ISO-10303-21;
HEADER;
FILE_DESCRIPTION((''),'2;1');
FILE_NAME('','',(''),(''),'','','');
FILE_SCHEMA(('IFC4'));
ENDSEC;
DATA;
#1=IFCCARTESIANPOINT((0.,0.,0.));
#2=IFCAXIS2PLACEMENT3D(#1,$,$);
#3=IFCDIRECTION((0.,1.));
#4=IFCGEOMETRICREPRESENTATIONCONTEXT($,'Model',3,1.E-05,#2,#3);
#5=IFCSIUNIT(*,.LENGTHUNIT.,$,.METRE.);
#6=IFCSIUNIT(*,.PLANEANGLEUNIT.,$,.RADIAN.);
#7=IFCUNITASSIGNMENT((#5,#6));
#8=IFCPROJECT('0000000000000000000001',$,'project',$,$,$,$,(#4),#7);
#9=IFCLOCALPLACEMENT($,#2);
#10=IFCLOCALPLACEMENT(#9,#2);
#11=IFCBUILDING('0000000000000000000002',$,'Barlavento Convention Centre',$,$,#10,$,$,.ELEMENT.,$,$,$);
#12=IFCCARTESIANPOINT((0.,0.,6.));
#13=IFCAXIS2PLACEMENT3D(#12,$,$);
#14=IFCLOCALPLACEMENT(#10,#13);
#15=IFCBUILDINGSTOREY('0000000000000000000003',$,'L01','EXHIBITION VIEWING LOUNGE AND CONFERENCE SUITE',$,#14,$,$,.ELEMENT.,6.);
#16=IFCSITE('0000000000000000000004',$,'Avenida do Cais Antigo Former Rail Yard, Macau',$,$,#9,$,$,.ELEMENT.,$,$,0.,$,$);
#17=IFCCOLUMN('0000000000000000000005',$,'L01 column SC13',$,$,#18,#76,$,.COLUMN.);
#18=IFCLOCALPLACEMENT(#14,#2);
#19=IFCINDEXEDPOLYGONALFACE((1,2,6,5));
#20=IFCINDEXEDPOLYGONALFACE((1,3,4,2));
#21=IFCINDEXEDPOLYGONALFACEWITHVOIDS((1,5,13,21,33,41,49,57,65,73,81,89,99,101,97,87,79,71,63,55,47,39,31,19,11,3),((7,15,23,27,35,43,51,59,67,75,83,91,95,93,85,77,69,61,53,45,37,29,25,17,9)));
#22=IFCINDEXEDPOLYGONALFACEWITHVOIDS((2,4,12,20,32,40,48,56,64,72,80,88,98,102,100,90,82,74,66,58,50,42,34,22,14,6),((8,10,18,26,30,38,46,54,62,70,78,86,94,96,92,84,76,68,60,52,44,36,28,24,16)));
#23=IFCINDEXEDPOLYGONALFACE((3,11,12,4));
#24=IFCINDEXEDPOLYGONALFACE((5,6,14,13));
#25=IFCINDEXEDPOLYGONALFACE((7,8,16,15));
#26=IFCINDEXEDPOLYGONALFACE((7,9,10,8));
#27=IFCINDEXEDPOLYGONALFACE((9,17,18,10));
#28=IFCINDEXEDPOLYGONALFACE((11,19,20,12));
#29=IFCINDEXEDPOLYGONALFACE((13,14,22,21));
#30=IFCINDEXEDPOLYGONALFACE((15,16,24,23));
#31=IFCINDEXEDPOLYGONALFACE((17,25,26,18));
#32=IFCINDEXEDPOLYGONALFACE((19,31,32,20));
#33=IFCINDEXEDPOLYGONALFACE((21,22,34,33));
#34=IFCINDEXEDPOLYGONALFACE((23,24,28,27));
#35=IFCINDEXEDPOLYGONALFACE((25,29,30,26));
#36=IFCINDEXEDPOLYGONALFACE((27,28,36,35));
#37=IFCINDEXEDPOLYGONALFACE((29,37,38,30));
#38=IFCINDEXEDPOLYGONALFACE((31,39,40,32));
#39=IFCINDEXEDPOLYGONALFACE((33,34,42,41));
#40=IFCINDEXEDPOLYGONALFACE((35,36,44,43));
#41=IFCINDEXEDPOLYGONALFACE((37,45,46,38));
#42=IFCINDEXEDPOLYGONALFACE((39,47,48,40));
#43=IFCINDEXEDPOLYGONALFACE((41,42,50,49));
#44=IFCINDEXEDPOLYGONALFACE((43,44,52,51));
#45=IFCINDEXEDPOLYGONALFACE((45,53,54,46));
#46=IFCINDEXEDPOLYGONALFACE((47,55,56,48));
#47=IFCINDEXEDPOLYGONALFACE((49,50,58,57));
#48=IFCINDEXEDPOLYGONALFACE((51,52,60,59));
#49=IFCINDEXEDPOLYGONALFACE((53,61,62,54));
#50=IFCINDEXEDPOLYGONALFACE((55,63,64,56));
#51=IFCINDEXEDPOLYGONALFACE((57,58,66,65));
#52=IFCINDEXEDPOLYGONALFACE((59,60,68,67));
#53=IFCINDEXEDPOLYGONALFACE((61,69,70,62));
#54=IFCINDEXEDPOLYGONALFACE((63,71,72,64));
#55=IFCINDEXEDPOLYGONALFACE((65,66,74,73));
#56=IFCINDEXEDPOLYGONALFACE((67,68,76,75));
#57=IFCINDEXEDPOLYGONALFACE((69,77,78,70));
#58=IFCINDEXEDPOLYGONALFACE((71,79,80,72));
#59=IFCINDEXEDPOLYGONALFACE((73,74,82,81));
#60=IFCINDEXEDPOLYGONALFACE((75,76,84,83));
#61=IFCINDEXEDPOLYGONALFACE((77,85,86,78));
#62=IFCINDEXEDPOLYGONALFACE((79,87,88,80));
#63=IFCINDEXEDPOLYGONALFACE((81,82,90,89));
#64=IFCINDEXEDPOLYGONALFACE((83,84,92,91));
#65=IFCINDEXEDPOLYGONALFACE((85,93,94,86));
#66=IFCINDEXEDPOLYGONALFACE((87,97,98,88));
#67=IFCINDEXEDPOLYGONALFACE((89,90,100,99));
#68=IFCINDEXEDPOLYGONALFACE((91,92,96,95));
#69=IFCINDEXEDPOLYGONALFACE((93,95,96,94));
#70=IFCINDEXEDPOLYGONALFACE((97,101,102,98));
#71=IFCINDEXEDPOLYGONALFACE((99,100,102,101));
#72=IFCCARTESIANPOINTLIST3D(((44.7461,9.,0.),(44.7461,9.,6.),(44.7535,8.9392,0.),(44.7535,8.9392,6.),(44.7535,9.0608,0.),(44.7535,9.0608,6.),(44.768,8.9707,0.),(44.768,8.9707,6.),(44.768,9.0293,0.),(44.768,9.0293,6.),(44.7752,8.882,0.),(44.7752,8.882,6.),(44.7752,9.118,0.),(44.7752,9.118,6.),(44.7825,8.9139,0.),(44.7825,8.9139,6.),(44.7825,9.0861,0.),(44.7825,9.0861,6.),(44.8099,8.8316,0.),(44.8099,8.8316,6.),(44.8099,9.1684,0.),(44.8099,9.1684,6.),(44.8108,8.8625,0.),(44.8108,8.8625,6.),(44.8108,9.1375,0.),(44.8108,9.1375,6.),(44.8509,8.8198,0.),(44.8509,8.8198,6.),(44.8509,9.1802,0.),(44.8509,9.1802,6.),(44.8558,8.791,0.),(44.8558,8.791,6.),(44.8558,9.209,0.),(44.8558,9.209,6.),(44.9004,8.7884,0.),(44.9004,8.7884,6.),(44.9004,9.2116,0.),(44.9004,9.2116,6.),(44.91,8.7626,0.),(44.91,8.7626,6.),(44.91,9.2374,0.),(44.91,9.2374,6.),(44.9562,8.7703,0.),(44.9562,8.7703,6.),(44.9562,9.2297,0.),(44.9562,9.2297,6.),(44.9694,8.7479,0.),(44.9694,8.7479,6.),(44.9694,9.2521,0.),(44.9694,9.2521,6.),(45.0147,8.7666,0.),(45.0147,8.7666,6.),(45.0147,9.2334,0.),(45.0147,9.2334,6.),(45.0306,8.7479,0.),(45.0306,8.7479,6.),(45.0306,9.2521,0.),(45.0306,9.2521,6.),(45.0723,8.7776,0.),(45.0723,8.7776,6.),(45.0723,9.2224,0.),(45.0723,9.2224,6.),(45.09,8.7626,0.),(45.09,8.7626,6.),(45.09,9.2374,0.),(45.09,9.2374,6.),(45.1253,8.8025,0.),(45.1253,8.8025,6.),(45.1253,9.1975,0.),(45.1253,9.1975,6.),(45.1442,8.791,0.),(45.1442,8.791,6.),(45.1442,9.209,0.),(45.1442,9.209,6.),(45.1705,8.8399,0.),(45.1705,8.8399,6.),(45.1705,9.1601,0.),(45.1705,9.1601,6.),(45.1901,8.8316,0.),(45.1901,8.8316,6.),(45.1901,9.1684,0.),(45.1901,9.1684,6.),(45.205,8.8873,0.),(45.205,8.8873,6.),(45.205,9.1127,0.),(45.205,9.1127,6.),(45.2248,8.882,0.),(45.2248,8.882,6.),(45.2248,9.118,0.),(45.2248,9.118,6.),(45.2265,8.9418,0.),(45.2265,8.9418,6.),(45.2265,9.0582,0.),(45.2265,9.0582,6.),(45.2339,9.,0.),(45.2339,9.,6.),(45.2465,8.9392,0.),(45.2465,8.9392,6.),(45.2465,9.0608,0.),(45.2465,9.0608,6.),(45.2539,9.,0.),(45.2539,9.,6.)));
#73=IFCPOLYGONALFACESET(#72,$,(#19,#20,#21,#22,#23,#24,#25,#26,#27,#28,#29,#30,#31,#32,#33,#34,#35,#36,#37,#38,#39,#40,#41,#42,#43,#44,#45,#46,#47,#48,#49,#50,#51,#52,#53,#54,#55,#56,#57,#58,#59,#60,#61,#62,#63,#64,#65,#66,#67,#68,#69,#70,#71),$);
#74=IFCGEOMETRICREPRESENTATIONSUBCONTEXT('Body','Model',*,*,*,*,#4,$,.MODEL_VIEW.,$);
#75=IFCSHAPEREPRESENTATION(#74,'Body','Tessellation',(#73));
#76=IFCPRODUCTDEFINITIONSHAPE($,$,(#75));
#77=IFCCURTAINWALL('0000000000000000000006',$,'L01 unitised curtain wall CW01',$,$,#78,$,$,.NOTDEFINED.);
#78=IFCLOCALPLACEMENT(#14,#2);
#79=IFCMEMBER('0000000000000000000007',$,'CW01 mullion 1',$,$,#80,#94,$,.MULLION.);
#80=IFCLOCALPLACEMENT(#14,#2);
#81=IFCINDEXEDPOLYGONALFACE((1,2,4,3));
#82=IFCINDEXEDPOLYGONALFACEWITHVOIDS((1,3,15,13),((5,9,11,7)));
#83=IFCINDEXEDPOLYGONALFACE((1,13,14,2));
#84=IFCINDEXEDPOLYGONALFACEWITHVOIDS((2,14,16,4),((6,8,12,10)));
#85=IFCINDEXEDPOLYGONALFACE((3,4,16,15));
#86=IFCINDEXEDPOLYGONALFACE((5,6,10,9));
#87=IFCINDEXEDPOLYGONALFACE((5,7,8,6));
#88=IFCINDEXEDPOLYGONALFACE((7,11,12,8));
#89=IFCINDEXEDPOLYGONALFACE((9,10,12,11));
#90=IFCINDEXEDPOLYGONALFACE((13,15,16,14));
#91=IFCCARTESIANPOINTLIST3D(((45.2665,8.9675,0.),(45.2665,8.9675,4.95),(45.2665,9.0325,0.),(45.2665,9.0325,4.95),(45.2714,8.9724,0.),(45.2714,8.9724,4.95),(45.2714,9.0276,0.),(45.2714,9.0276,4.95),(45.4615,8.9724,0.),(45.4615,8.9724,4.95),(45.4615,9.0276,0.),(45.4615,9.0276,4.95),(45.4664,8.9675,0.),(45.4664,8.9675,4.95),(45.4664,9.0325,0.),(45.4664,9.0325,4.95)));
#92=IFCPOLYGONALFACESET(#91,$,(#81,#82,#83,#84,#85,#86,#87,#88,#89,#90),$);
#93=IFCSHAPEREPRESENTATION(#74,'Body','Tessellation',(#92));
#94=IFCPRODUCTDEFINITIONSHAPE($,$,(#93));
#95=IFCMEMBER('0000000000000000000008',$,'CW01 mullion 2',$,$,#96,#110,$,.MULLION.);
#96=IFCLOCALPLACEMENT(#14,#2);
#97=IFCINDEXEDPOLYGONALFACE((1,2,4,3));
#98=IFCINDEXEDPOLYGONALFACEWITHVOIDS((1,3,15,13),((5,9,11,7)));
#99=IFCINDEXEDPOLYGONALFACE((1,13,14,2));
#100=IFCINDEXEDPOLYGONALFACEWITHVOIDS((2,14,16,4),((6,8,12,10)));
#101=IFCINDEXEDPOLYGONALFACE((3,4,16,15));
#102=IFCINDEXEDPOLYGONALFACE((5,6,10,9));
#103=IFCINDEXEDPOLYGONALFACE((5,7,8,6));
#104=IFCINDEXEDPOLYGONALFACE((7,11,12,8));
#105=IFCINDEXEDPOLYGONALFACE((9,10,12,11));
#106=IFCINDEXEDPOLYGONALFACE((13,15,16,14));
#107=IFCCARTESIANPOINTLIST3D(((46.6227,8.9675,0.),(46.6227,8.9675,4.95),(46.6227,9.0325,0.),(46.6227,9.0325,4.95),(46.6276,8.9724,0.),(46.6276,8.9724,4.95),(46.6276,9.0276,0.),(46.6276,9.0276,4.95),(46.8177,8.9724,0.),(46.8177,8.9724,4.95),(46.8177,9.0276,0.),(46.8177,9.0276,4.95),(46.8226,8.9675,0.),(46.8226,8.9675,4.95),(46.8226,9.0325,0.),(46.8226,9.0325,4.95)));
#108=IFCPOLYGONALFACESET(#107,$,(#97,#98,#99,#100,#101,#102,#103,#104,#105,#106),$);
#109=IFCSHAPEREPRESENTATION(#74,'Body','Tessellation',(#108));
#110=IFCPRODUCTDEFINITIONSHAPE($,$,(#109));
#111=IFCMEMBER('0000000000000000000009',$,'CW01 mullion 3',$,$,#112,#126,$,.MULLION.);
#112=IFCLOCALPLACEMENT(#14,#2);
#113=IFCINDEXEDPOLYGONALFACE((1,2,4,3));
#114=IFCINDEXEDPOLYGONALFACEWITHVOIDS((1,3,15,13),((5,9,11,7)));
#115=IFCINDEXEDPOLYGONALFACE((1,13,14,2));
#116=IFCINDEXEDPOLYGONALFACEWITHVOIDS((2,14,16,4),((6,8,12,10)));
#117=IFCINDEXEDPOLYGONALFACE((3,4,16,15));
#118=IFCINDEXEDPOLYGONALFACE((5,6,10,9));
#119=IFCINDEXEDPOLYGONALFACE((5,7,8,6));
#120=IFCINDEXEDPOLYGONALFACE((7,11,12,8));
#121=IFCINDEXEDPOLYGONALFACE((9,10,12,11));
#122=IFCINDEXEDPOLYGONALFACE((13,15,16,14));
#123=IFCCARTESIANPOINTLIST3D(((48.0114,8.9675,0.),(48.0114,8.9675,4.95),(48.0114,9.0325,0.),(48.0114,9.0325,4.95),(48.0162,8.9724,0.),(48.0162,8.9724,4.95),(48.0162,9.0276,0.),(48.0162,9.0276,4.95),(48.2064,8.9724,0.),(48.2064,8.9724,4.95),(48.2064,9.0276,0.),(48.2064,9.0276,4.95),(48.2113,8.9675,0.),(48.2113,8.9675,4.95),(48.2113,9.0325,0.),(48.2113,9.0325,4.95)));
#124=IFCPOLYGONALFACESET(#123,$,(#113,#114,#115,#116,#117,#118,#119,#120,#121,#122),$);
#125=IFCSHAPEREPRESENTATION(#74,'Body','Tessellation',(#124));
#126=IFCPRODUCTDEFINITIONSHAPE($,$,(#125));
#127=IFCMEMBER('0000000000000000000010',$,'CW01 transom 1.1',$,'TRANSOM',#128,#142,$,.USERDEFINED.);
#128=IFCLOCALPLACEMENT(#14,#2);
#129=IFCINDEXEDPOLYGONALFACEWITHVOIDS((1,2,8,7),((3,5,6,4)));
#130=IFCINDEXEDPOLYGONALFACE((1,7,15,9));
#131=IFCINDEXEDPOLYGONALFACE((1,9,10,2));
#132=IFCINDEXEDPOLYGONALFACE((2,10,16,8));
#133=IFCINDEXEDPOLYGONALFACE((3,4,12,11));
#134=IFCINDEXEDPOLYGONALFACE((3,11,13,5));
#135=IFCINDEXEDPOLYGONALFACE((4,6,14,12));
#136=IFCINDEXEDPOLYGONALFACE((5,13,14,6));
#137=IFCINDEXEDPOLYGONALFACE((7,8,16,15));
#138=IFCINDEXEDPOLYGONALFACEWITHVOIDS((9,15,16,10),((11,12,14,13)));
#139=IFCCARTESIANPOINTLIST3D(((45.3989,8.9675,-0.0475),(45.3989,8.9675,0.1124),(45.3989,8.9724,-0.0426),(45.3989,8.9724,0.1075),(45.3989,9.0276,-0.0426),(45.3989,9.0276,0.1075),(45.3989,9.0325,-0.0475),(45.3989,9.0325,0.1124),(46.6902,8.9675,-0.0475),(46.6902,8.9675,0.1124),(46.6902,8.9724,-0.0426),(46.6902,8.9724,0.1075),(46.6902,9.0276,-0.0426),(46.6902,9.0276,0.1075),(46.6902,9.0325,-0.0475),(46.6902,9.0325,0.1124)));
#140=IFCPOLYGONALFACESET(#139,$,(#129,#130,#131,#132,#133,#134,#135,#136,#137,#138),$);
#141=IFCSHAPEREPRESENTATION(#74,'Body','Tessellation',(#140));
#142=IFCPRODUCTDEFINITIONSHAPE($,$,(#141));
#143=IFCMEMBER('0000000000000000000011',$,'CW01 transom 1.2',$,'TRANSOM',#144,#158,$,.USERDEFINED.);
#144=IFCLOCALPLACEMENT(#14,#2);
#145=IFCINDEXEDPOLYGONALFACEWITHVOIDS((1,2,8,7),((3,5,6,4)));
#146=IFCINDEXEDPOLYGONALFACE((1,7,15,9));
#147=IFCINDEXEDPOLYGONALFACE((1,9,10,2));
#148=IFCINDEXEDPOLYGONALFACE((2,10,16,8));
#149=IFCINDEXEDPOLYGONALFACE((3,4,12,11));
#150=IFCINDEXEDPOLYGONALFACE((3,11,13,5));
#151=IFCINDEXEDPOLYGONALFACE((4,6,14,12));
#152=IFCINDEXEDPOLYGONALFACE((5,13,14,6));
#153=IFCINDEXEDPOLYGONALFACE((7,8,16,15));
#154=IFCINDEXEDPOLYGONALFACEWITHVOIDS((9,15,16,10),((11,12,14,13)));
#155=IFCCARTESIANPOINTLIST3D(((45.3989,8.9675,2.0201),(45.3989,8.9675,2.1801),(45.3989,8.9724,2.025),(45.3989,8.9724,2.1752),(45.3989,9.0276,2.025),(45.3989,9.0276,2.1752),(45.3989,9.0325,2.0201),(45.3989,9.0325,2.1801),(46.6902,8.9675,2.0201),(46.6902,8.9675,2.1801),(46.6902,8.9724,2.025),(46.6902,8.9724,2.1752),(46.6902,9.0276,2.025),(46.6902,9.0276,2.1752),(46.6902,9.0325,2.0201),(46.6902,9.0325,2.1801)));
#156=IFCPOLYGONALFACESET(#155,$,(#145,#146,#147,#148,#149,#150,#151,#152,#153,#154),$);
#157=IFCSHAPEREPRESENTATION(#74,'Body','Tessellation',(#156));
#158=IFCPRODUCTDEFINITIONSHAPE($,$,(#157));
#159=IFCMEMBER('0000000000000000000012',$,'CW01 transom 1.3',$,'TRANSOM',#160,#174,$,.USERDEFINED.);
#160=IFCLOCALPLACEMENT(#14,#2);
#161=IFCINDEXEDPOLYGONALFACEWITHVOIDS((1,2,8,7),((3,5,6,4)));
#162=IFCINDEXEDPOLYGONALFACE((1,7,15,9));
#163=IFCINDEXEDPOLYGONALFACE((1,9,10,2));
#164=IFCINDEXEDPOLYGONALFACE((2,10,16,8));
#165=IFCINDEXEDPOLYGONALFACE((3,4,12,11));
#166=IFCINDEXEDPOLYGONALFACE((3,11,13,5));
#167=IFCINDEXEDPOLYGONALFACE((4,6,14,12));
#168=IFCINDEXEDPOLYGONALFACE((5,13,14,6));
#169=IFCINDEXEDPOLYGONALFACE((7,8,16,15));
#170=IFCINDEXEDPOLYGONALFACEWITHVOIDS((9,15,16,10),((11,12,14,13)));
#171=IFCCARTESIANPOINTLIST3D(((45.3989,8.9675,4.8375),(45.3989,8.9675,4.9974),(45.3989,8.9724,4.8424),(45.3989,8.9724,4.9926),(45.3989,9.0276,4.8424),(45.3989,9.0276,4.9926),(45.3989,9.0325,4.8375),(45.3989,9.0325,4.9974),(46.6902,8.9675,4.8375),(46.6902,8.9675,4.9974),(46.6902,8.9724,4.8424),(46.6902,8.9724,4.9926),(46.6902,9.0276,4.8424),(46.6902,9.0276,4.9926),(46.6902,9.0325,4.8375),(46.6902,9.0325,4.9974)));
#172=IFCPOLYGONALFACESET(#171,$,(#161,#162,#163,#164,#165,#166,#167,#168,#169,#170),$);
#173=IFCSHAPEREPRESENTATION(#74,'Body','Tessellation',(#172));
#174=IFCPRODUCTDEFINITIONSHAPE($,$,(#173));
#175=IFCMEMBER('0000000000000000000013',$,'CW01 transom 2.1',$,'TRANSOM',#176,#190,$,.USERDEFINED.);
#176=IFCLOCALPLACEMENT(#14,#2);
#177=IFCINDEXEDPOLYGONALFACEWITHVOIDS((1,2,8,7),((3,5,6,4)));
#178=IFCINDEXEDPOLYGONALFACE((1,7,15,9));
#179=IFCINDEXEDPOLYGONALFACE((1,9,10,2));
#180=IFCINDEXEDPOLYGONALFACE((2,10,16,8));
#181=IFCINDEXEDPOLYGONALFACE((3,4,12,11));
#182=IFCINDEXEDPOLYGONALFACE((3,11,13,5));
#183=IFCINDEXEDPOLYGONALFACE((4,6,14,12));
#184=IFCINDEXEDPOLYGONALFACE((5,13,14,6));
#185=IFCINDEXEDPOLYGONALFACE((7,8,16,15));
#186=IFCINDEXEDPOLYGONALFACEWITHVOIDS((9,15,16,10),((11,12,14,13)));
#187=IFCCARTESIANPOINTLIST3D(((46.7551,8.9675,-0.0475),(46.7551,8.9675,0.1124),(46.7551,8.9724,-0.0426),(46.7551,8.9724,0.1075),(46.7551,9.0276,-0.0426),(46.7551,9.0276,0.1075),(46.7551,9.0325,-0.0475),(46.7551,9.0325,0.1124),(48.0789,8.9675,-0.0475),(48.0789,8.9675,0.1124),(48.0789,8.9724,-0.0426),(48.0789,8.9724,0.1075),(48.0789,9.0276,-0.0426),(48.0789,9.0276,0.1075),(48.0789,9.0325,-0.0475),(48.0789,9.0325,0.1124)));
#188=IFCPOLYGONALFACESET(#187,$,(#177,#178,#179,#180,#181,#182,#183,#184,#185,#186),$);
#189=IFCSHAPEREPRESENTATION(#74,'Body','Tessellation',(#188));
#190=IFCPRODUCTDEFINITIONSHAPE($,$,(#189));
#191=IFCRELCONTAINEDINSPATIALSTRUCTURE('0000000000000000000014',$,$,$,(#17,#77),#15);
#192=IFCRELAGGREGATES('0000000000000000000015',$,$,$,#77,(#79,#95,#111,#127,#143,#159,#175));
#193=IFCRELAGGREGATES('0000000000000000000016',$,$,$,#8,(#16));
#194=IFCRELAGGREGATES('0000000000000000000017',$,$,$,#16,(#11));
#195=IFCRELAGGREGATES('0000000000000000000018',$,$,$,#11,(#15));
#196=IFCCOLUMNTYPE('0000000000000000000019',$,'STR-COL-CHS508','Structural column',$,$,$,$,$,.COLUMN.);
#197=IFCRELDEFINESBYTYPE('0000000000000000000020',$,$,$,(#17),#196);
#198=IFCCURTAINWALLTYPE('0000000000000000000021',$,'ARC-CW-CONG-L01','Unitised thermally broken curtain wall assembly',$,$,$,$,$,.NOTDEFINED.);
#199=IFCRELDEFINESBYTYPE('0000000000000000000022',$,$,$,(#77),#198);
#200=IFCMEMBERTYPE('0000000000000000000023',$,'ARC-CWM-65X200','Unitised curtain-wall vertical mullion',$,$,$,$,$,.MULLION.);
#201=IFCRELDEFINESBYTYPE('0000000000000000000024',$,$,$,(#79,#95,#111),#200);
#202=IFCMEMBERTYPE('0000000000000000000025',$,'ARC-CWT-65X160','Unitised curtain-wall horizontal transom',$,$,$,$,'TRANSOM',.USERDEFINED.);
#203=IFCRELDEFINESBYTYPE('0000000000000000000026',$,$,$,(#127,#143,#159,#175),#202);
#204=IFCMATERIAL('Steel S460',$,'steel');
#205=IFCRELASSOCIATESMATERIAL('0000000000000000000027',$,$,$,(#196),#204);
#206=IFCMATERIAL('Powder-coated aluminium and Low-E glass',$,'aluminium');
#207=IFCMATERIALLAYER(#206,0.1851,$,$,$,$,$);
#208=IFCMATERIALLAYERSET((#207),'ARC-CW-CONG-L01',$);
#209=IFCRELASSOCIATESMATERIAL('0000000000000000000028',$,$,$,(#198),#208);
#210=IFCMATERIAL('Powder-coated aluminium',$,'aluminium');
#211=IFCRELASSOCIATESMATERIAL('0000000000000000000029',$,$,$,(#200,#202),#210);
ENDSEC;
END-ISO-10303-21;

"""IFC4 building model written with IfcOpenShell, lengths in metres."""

from ifc_helpers import new_model, si_unit, direction, frame, origin, origin_2d, place, context, subcontext, project, spatial, hollow_rectangle, hollow_circle, extrude, material, layer, layer_set, material_profile, profile_set, type_object, element, aggregate, save


model = new_model("IFC4")

# Units and contexts
model_context = context("Model", 3, precision=1e-05, world=origin(), true_north=direction((0.0, 1.0)))
body_context = subcontext(model_context, "Body", "Model", "MODEL_VIEW")
ifc_project = project(units=[si_unit("LENGTHUNIT", "METRE"), si_unit("PLANEANGLEUNIT", "RADIAN")], contexts=[model_context])

# Site, building, storey
site_placement = place(None, origin())
site = spatial("IfcSite", under=ifc_project, at=site_placement, Name="Avenida do Cais Antigo Former Rail Yard, Macau", CompositionType="ELEMENT", RefElevation=0.0)
building_placement = place(site_placement, origin())
building = spatial("IfcBuilding", under=site, at=building_placement, Name="Barlavento Convention Centre", CompositionType="ELEMENT")
storey_placement = place(building_placement, frame((0.0, 0.0, 6.0)))
storey = spatial("IfcBuildingStorey", under=building, at=storey_placement, Name="L01", Description="EXHIBITION VIEWING LOUNGE AND CONFERENCE SUITE", CompositionType="ELEMENT", Elevation=6.0)

# Column
ifc_material_1 = material(Name="Steel S460", Category="steel")
ifc_material_profile_1 = material_profile(ifc_material_1, hollow_circle(Radius=0.2539, WallThickness=0.02, at=origin_2d()), Name="CHS 508.0x20.0")
ifc_profile_set_1 = profile_set([ifc_material_profile_1], Name="Steel S460")
column_type = type_object("IfcColumnType", Name="STR-COL-CHS508", Description="Structural column", PredefinedType="COLUMN", material=ifc_profile_set_1)
column_placement = place(storey_placement, frame((45.0, 9.0, 0.0), z_axis=(0.0, 0.0, 1.0), x_axis=(1.0, 0.0, 0.0)))
element("IfcColumn", 1, at=column_placement, inside=storey, type_object=column_type, Name="L01 column SC13", PredefinedType="COLUMN", context=body_context, shape_type="SweptSolid", body=[
    extrude(hollow_circle(Radius=0.2539, WallThickness=0.02, at=origin_2d()), origin(), (0.0, 0.0, 1.0), 6.0),
])

# Curtain wall, members
ifc_material_2 = material(Name="Powder-coated aluminium and Low-E glass", Category="aluminium")
ifc_layer_1 = layer(ifc_material_2, 0.1851)
ifc_layer_set_1 = layer_set([ifc_layer_1], Name="ARC-CW-CONG-L01")
curtain_wall_type = type_object("IfcCurtainWallType", Name="ARC-CW-CONG-L01", Description="Unitised thermally broken curtain wall assembly", PredefinedType="NOTDEFINED", material=ifc_layer_set_1)
curtain_wall_placement = place(storey_placement, origin())
curtain_wall = element("IfcCurtainWall", 2, at=curtain_wall_placement, inside=storey, type_object=curtain_wall_type, Name="L01 unitised curtain wall CW01", PredefinedType="NOTDEFINED")
ifc_material_3 = material(Name="Powder-coated aluminium", Category="aluminium")
ifc_material_profile_2 = material_profile(ifc_material_3, hollow_rectangle(XDim=0.0649, YDim=0.2, WallThickness=0.0049, at=origin_2d()), Name="AL-MULL 65x200x5")
ifc_profile_set_2 = profile_set([ifc_material_profile_2], Name="Powder-coated aluminium")
member_type_1 = type_object("IfcMemberType", Name="ARC-CWM-65X200", Description="Unitised curtain-wall vertical mullion", PredefinedType="MULLION", material=ifc_profile_set_2)
member_1_placement = place(storey_placement, frame((45.3665, 9.0, 0.0), z_axis=(0.0, 0.0, 1.0), x_axis=(0.0, 1.0, 0.0)))
member_1 = element("IfcMember", 3, at=member_1_placement, type_object=member_type_1, Name="CW01 mullion 1", PredefinedType="MULLION", context=body_context, shape_type="SweptSolid", body=[
    extrude(hollow_rectangle(XDim=0.0649, YDim=0.2, WallThickness=0.0049, at=origin_2d()), origin(), (0.0, 0.0, 1.0), 4.95),
])
member_2_placement = place(storey_placement, frame((46.7227, 9.0, 0.0), z_axis=(0.0, 0.0, 1.0), x_axis=(0.0, 1.0, 0.0)))
member_2 = element("IfcMember", 4, at=member_2_placement, type_object=member_type_1, Name="CW01 mullion 2", PredefinedType="MULLION", context=body_context, shape_type="SweptSolid", body=[
    extrude(hollow_rectangle(XDim=0.0649, YDim=0.2, WallThickness=0.0049, at=origin_2d()), origin(), (0.0, 0.0, 1.0), 4.95),
])
member_3_placement = place(storey_placement, frame((48.1113, 9.0, 0.0), z_axis=(0.0, 0.0, 1.0), x_axis=(0.0, 1.0, 0.0)))
member_3 = element("IfcMember", 5, at=member_3_placement, type_object=member_type_1, Name="CW01 mullion 3", PredefinedType="MULLION", context=body_context, shape_type="SweptSolid", body=[
    extrude(hollow_rectangle(XDim=0.0649, YDim=0.2, WallThickness=0.0049, at=origin_2d()), origin(), (0.0, 0.0, 1.0), 4.95),
])
ifc_material_profile_3 = material_profile(ifc_material_3, hollow_rectangle(XDim=0.0649, YDim=0.1599, WallThickness=0.0049, at=origin_2d()), Name="AL-TRAN 65x160x5")
ifc_profile_set_3 = profile_set([ifc_material_profile_3], Name="Powder-coated aluminium")
member_type_2 = type_object("IfcMemberType", Name="ARC-CWT-65X160", Description="Unitised curtain-wall horizontal transom", ElementType="TRANSOM", PredefinedType="USERDEFINED", material=ifc_profile_set_3)
member_4_placement = place(storey_placement, frame((45.3989, 9.0, 0.0325), z_axis=(1.0, 0.0, 0.0), x_axis=(0.0, 1.0, 0.0)))
member_4 = element("IfcMember", 6, at=member_4_placement, type_object=member_type_2, Name="CW01 transom 1.1", ObjectType="TRANSOM", PredefinedType="USERDEFINED", context=body_context, shape_type="SweptSolid", body=[
    extrude(hollow_rectangle(XDim=0.0649, YDim=0.1599, WallThickness=0.0049, at=origin_2d()), origin(), (0.0, 0.0, 1.0), 1.2913),
])
member_5_placement = place(storey_placement, frame((45.3989, 9.0, 2.1001), z_axis=(1.0, 0.0, 0.0), x_axis=(0.0, 1.0, 0.0)))
member_5 = element("IfcMember", 7, at=member_5_placement, type_object=member_type_2, Name="CW01 transom 1.2", ObjectType="TRANSOM", PredefinedType="USERDEFINED", context=body_context, shape_type="SweptSolid", body=[
    extrude(hollow_rectangle(XDim=0.0649, YDim=0.1599, WallThickness=0.0049, at=origin_2d()), origin(), (0.0, 0.0, 1.0), 1.2913),
])
member_6_placement = place(storey_placement, frame((45.3989, 9.0, 4.9175), z_axis=(1.0, 0.0, 0.0), x_axis=(0.0, 1.0, 0.0)))
member_6 = element("IfcMember", 8, at=member_6_placement, type_object=member_type_2, Name="CW01 transom 1.3", ObjectType="TRANSOM", PredefinedType="USERDEFINED", context=body_context, shape_type="SweptSolid", body=[
    extrude(hollow_rectangle(XDim=0.0649, YDim=0.1599, WallThickness=0.0049, at=origin_2d()), origin(), (0.0, 0.0, 1.0), 1.2913),
])
member_7_placement = place(storey_placement, frame((46.7551, 9.0, 0.0325), z_axis=(1.0, 0.0, 0.0), x_axis=(0.0, 1.0, 0.0)))
member_7 = element("IfcMember", 9, at=member_7_placement, type_object=member_type_2, Name="CW01 transom 2.1", ObjectType="TRANSOM", PredefinedType="USERDEFINED", context=body_context, shape_type="SweptSolid", body=[
    extrude(hollow_rectangle(XDim=0.0649, YDim=0.1599, WallThickness=0.0049, at=origin_2d()), origin(), (0.0, 0.0, 1.0), 1.3237),
])

aggregate(curtain_wall, [member_1, member_2, member_3, member_4, member_5, member_6, member_7])

save(model, "model.ifc")
